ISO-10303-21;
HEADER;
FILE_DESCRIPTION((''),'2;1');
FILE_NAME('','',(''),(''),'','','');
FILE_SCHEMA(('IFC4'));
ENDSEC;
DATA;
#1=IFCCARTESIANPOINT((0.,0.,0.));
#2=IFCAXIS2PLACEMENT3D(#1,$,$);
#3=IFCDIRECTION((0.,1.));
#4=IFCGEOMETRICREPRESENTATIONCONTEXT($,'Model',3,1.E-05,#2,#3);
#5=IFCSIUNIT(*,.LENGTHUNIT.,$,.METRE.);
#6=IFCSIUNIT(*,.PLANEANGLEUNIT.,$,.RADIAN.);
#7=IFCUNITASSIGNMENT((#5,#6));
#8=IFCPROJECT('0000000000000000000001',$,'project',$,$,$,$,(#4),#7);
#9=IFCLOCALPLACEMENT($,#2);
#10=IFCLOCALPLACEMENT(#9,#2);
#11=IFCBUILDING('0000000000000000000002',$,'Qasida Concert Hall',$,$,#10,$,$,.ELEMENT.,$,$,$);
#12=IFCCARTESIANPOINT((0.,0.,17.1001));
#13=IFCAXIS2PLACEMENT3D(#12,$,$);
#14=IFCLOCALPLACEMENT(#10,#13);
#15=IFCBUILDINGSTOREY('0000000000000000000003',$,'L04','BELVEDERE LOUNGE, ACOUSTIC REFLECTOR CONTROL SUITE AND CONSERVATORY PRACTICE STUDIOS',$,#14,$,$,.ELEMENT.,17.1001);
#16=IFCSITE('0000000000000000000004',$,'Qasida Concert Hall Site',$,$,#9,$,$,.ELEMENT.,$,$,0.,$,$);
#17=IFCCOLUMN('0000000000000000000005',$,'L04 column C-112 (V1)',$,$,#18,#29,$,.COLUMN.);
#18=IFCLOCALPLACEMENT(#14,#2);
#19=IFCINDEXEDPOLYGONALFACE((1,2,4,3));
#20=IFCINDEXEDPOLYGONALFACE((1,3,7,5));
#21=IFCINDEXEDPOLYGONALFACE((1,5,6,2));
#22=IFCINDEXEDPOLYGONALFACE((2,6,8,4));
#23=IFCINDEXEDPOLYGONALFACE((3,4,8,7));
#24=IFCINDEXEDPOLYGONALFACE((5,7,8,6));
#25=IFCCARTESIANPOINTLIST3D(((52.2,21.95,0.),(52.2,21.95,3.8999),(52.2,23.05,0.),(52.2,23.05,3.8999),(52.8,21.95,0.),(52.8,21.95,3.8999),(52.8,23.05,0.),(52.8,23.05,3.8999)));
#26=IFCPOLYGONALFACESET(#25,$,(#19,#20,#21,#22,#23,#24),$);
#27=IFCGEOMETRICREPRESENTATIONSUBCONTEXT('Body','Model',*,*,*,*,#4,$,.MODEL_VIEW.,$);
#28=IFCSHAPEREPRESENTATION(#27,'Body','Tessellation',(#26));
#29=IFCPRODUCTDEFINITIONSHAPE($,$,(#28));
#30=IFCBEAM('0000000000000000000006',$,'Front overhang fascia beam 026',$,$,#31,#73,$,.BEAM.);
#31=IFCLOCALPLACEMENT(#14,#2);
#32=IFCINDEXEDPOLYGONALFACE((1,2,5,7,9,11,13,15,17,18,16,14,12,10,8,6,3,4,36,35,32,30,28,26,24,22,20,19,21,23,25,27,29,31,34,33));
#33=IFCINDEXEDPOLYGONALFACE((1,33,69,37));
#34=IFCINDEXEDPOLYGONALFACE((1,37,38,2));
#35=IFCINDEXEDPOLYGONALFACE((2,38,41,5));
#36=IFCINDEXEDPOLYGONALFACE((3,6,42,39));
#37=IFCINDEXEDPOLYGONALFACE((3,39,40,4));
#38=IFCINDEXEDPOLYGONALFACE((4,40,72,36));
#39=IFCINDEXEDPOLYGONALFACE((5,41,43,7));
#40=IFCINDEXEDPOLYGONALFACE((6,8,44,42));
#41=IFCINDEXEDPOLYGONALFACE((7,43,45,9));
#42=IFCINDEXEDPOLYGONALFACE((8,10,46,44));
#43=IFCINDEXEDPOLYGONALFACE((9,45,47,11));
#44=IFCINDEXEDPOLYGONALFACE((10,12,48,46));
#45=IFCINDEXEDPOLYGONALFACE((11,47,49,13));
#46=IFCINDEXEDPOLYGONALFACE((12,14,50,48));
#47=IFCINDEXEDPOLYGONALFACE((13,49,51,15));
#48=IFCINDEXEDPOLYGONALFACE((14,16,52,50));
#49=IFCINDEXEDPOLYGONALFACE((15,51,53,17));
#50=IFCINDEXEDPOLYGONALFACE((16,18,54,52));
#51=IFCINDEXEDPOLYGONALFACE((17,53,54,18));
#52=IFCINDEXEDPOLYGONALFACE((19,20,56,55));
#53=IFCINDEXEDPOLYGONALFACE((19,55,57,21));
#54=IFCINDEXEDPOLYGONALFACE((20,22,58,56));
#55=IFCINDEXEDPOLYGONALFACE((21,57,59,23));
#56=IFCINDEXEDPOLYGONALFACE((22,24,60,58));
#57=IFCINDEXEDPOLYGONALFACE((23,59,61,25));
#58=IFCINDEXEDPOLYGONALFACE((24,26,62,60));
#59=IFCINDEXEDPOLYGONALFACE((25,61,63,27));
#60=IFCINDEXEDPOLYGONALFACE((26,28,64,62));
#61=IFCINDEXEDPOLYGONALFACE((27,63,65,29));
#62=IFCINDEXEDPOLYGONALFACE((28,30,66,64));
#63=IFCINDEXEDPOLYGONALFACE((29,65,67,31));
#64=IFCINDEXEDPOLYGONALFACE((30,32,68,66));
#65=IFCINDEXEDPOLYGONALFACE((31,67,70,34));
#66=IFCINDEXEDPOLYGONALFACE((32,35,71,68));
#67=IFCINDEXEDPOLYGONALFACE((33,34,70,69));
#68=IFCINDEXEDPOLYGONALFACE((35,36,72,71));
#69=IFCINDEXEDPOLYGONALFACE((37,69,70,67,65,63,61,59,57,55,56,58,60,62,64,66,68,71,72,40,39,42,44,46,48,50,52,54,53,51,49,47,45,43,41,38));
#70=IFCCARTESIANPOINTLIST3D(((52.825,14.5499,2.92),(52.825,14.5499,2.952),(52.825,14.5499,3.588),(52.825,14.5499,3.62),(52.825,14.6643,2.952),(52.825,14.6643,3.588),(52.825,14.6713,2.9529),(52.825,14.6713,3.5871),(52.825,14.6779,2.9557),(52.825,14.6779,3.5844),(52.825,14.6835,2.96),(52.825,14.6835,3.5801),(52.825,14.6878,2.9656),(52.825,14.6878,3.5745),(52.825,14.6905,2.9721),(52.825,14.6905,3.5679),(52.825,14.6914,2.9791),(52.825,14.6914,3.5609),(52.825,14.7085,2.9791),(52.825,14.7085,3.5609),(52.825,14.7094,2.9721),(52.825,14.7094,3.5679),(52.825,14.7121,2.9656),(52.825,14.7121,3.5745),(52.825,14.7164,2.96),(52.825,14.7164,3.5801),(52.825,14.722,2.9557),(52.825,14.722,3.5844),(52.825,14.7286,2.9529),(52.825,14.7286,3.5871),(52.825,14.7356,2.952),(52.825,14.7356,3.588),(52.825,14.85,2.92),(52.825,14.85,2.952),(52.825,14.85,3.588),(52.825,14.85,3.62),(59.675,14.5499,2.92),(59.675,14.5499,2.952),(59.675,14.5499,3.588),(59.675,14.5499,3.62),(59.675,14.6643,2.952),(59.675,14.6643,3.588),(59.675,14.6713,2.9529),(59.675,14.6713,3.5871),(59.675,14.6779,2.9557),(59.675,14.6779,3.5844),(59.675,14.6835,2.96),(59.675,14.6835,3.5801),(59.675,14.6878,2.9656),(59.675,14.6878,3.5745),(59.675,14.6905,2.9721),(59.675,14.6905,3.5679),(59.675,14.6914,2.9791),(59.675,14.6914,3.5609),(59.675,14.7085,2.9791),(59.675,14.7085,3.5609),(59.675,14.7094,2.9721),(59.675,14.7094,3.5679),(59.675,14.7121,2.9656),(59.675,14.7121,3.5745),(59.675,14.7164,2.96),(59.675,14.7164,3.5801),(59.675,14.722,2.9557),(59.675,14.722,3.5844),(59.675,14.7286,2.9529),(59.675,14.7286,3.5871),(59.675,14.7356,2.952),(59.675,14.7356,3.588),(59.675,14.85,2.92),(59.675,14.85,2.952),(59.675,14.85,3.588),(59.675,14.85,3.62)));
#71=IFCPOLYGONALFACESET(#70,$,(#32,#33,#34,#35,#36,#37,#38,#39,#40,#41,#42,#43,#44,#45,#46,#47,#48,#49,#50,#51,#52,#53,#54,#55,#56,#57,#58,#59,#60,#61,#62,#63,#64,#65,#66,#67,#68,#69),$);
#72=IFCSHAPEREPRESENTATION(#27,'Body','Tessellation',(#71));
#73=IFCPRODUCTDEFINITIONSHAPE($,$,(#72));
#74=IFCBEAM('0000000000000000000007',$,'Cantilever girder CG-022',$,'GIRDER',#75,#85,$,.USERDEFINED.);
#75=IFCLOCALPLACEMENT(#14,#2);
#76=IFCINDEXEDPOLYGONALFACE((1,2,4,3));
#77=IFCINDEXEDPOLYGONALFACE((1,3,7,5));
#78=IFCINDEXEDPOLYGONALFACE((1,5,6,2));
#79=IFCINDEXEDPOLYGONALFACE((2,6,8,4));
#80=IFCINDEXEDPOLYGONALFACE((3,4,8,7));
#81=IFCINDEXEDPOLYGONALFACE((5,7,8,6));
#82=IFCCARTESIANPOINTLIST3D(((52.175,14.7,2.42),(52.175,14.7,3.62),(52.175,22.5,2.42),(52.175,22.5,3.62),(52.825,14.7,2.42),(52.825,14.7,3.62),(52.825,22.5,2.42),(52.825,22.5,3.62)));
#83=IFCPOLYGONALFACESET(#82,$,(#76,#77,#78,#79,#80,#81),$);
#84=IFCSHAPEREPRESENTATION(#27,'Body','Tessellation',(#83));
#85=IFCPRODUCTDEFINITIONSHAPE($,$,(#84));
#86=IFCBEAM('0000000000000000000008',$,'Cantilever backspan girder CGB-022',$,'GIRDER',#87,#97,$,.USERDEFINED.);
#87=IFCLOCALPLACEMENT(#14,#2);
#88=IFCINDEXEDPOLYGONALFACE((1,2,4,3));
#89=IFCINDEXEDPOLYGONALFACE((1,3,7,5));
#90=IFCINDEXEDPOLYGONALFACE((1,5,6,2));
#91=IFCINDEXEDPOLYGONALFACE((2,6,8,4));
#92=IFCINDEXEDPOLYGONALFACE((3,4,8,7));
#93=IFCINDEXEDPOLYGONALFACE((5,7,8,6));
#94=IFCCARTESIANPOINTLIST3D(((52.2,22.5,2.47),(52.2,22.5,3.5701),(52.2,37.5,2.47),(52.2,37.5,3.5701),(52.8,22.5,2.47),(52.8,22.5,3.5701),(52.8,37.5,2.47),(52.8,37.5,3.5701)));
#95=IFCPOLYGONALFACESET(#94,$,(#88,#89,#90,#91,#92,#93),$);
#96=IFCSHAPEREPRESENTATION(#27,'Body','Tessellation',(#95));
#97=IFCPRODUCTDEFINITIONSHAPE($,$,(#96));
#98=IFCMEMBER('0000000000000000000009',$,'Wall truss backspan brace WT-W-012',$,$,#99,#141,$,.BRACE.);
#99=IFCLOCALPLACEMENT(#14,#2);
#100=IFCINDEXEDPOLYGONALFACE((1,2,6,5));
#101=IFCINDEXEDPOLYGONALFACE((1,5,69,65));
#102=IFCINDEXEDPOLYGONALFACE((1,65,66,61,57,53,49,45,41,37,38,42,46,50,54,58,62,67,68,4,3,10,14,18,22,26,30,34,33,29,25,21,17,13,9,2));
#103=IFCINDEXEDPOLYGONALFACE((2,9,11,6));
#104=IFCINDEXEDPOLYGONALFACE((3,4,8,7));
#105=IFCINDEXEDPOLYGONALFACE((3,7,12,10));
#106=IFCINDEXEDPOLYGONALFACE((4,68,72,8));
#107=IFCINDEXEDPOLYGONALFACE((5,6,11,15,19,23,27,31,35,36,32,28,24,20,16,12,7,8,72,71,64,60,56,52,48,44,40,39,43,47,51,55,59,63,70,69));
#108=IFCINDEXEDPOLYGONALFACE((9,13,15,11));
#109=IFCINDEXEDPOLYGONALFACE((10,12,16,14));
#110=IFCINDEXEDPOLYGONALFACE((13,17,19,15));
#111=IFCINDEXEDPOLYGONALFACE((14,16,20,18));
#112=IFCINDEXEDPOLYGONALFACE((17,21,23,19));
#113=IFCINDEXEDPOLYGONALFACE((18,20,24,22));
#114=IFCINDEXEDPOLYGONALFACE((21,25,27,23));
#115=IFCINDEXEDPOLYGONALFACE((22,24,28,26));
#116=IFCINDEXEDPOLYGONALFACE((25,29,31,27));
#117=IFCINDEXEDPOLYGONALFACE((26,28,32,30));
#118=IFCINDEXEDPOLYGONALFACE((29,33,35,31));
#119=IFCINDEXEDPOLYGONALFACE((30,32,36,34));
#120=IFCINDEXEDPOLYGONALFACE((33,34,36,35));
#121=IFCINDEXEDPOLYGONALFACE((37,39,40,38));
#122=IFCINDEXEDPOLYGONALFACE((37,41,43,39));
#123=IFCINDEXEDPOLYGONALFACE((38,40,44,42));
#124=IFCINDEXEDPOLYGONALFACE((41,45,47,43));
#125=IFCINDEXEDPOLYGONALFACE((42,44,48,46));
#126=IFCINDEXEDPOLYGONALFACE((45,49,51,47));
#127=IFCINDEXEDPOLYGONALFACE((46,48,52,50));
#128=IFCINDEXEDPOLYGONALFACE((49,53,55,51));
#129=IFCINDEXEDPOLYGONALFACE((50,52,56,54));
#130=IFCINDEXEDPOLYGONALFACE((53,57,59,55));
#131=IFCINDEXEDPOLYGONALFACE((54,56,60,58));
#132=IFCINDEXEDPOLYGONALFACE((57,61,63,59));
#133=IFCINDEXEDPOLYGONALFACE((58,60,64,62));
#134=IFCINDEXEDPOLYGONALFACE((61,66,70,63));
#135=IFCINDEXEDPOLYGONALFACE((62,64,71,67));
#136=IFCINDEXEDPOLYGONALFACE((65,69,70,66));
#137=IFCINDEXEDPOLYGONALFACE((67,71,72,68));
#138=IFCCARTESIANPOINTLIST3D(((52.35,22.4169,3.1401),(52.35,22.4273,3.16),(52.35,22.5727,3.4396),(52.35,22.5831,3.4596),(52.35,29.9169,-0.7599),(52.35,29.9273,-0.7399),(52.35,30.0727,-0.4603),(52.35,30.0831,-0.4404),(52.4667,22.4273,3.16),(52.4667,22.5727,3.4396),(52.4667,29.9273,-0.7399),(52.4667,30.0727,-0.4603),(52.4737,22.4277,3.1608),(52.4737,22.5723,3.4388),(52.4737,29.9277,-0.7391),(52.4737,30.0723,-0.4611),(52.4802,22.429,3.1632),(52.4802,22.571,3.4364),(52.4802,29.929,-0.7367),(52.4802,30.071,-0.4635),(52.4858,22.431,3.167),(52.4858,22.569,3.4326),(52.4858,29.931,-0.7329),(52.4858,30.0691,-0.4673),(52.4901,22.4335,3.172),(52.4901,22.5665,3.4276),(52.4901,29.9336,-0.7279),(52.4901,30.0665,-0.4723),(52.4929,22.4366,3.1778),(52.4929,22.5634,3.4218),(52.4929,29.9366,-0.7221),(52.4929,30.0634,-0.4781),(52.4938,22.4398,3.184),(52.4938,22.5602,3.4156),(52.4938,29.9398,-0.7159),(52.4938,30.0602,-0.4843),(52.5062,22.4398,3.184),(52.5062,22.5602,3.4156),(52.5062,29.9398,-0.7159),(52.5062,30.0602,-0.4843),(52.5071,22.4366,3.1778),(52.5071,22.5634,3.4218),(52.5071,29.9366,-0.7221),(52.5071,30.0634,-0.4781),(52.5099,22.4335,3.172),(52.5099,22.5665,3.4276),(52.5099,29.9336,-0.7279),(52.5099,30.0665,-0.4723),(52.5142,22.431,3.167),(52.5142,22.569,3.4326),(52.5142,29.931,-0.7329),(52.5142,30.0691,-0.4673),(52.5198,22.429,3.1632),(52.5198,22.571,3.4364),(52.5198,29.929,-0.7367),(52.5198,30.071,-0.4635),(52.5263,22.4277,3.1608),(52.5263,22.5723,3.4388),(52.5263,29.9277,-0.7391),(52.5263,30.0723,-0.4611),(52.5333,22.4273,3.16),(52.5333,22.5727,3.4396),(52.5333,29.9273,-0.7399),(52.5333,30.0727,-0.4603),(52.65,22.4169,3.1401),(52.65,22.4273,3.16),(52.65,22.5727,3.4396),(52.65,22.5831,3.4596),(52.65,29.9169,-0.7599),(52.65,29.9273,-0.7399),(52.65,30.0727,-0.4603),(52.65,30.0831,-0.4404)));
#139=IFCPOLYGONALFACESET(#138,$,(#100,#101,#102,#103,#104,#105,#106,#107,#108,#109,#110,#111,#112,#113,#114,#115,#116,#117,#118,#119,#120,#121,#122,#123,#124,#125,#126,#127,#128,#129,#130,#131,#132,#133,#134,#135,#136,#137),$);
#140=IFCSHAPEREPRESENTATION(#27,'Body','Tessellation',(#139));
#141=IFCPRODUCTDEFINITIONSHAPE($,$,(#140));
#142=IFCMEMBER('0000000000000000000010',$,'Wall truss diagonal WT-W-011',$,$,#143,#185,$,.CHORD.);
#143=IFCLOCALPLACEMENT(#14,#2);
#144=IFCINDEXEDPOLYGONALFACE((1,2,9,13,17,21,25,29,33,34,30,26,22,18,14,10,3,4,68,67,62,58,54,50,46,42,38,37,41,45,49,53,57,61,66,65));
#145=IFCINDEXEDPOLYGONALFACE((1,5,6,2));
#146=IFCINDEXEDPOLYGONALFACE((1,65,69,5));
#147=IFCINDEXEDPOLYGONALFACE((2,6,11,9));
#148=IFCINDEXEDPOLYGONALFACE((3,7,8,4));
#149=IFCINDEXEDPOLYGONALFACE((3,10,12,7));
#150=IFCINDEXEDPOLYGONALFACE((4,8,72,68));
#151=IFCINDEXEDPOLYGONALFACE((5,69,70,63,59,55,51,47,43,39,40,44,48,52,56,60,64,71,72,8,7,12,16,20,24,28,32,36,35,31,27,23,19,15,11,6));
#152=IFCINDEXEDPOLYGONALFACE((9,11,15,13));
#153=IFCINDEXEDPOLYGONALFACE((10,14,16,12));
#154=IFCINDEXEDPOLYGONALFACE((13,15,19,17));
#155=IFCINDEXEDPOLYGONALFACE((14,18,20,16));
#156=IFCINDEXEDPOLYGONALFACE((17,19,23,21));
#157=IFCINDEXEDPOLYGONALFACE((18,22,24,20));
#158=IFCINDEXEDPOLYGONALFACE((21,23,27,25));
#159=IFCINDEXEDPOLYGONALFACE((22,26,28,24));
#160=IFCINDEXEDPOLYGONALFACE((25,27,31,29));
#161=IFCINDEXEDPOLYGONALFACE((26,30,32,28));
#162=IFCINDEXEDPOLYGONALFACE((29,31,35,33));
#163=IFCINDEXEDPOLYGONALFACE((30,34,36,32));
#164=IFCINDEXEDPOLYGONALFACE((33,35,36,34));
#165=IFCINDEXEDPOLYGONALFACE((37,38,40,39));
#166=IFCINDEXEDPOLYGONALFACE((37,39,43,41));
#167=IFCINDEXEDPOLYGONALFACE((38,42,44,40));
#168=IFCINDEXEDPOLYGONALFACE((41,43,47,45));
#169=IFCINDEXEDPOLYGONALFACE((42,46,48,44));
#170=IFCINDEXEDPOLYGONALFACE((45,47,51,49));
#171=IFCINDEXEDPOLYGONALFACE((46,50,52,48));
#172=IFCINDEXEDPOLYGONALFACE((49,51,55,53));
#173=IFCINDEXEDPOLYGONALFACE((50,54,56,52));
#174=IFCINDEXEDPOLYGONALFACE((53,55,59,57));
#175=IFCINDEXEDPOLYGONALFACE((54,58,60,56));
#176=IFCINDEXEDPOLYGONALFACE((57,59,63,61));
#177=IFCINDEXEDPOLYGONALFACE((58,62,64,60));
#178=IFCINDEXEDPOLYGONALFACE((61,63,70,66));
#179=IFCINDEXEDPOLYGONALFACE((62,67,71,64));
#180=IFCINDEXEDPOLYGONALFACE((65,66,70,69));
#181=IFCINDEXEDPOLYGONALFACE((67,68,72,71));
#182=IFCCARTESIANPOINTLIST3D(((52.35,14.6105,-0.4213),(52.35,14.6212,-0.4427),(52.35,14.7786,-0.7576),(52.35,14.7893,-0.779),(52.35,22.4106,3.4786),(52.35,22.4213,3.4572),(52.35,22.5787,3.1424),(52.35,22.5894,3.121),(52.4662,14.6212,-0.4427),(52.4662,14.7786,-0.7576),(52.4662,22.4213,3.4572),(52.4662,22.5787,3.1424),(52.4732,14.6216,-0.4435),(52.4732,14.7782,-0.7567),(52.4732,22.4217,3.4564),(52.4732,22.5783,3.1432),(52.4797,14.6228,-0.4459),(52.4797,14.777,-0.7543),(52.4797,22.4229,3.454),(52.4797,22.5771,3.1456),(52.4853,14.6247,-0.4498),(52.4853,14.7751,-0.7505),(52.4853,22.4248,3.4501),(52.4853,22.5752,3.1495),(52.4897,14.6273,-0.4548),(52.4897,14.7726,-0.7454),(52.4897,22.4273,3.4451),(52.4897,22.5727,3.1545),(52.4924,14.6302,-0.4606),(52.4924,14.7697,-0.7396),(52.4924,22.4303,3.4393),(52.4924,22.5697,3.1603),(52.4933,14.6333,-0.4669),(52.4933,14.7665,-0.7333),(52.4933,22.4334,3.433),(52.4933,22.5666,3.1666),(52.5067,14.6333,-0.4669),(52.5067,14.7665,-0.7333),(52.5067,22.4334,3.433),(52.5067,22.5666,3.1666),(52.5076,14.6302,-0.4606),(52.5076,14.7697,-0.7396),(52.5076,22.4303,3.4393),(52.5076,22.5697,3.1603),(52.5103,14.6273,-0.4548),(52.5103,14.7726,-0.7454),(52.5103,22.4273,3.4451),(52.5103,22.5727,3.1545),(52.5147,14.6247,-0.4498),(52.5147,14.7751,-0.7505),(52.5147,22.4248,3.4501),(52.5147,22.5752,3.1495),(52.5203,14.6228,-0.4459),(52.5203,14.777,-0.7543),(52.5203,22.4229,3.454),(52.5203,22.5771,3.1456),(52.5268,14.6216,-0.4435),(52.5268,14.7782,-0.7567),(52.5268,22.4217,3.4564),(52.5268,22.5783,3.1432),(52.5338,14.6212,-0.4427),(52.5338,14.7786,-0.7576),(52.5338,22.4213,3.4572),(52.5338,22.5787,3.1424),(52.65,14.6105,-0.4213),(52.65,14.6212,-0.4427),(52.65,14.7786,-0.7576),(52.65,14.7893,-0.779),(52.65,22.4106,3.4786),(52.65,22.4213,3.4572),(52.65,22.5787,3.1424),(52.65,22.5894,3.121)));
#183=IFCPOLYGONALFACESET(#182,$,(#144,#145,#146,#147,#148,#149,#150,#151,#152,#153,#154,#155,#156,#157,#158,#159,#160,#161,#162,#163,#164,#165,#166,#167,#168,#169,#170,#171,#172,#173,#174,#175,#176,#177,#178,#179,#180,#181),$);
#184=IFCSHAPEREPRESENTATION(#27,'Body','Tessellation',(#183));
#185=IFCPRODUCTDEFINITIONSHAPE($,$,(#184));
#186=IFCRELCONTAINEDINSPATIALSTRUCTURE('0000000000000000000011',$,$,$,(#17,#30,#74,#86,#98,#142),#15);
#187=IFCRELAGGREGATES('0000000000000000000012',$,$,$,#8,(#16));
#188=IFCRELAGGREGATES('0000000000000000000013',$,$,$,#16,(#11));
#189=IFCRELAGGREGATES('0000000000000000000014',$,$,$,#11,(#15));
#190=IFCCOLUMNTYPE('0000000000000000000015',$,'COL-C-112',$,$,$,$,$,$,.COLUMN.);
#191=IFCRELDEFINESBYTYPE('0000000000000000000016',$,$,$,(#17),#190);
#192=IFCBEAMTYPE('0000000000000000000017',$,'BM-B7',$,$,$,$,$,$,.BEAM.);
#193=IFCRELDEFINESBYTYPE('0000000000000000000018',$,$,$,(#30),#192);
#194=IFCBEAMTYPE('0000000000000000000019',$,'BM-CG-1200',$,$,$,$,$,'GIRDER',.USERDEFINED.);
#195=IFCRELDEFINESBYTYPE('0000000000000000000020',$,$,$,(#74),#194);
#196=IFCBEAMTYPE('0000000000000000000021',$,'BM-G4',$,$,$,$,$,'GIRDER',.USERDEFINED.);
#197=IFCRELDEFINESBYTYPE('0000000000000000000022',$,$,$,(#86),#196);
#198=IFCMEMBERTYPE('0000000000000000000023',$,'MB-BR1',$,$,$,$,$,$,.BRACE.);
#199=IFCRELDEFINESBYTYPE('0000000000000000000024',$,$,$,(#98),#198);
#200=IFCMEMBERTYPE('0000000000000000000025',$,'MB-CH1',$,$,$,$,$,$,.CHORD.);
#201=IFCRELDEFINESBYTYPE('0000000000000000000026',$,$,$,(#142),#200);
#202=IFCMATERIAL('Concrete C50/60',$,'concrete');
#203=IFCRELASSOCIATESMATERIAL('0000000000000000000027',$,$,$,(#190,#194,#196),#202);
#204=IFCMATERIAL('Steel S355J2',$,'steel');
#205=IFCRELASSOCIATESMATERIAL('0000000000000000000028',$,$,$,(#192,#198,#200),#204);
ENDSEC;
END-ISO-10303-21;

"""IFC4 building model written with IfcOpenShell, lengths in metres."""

from ifc_helpers import new_model, si_unit, direction, frame, origin, origin_2d, place, context, subcontext, project, spatial, rectangle, i_section, extrude, material, material_profile, profile_set, type_object, element, save


model = new_model("IFC4")

# Units and contexts
model_context = context("Model", 3, precision=1e-05, world=origin(), true_north=direction((0.0, 1.0)))
body_context = subcontext(model_context, "Body", "Model", "MODEL_VIEW")
ifc_project = project(units=[si_unit("LENGTHUNIT", "METRE"), si_unit("PLANEANGLEUNIT", "RADIAN")], contexts=[model_context])

# Site, building, storey
site_placement = place(None, origin())
site = spatial("IfcSite", under=ifc_project, at=site_placement, Name="Qasida Concert Hall Site", CompositionType="ELEMENT", RefElevation=0.0)
building_placement = place(site_placement, origin())
building = spatial("IfcBuilding", under=site, at=building_placement, Name="Qasida Concert Hall", CompositionType="ELEMENT")
storey_placement = place(building_placement, frame((0.0, 0.0, 17.1001)))
storey = spatial("IfcBuildingStorey", under=building, at=storey_placement, Name="L04", Description="BELVEDERE LOUNGE, ACOUSTIC REFLECTOR CONTROL SUITE AND CONSERVATORY PRACTICE STUDIOS", CompositionType="ELEMENT", Elevation=17.1001)

# Column
ifc_material_1 = material(Name="Concrete C50/60", Category="concrete")
ifc_material_profile_1 = material_profile(ifc_material_1, rectangle(XDim=0.6001, YDim=1.1001, at=origin_2d()), Name="RC 600x1100")
ifc_profile_set_1 = profile_set([ifc_material_profile_1], Name="Concrete C50/60")
column_type = type_object("IfcColumnType", Name="COL-C-112", PredefinedType="COLUMN", material=ifc_profile_set_1)
column_placement = place(storey_placement, frame((52.5, 22.5, 0.0), z_axis=(0.0, 0.0, 1.0), x_axis=(1.0, 0.0, 0.0)))
element("IfcColumn", 1, at=column_placement, inside=storey, type_object=column_type, Name="L04 column C-112 (V1)", PredefinedType="COLUMN", context=body_context, shape_type="SweptSolid", body=[
    extrude(rectangle(XDim=0.6001, YDim=1.1001, at=origin_2d()), origin(), (0.0, 0.0, 1.0), 3.8999),
])

# Beams
ifc_material_2 = material(Name="Steel S355J2", Category="steel")
ifc_material_profile_2 = material_profile(ifc_material_2, i_section(OverallWidth=0.3, OverallDepth=0.7, WebThickness=0.0171, FlangeThickness=0.032, FilletRadius=0.0271, at=origin_2d()), Name="HEB 700")
ifc_profile_set_2 = profile_set([ifc_material_profile_2], Name="Steel S355J2")
beam_type_1 = type_object("IfcBeamType", Name="BM-B7", PredefinedType="BEAM", material=ifc_profile_set_2)
beam_1_placement = place(storey_placement, frame((52.825, 14.7, 3.27), z_axis=(1.0, 0.0, 0.0), x_axis=(0.0, 1.0, 0.0)))
element("IfcBeam", 2, at=beam_1_placement, inside=storey, type_object=beam_type_1, Name="Front overhang fascia beam 026", PredefinedType="BEAM", context=body_context, shape_type="SweptSolid", body=[
    extrude(i_section(OverallWidth=0.3, OverallDepth=0.7, WebThickness=0.0171, FlangeThickness=0.032, FilletRadius=0.0271, at=origin_2d()), origin(), (0.0, 0.0, 1.0), 6.8501),
])
ifc_material_profile_3 = material_profile(ifc_material_1, rectangle(XDim=0.6499, YDim=1.2, at=origin_2d()), Name="RC 650x1200")
ifc_profile_set_3 = profile_set([ifc_material_profile_3], Name="Concrete C50/60")
beam_type_2 = type_object("IfcBeamType", Name="BM-CG-1200", ElementType="GIRDER", PredefinedType="USERDEFINED", material=ifc_profile_set_3)
beam_2_placement = place(storey_placement, frame((52.5, 22.5, 3.02), z_axis=(0.0, -1.0, 0.0), x_axis=(1.0, 0.0, 0.0)))
element("IfcBeam", 3, at=beam_2_placement, inside=storey, type_object=beam_type_2, Name="Cantilever girder CG-022", ObjectType="GIRDER", PredefinedType="USERDEFINED", context=body_context, shape_type="SweptSolid", body=[
    extrude(rectangle(XDim=0.6499, YDim=1.2, at=origin_2d()), origin(), (0.0, 0.0, 1.0), 7.8),
])
ifc_material_profile_4 = material_profile(ifc_material_1, rectangle(XDim=0.6001, YDim=1.1001, at=origin_2d()), Name="RC 600x1100")
ifc_profile_set_4 = profile_set([ifc_material_profile_4], Name="Concrete C50/60")
beam_type_3 = type_object("IfcBeamType", Name="BM-G4", ElementType="GIRDER", PredefinedType="USERDEFINED", material=ifc_profile_set_4)
beam_3_placement = place(storey_placement, frame((52.5, 22.5, 3.02), z_axis=(0.0, 1.0, 0.0), x_axis=(-1.0, 0.0, 0.0)))
element("IfcBeam", 4, at=beam_3_placement, inside=storey, type_object=beam_type_3, Name="Cantilever backspan girder CGB-022", ObjectType="GIRDER", PredefinedType="USERDEFINED", context=body_context, shape_type="SweptSolid", body=[
    extrude(rectangle(XDim=0.6001, YDim=1.1001, at=origin_2d()), origin(), (0.0, 0.0, 1.0), 15.0),
])

# Members
ifc_material_profile_5 = material_profile(ifc_material_2, i_section(OverallWidth=0.3, OverallDepth=0.3601, WebThickness=0.0125, FlangeThickness=0.0225, FilletRadius=0.0271, at=origin_2d()), Name="HEB 360")
ifc_profile_set_5 = profile_set([ifc_material_profile_5], Name="Steel S355J2")
member_type_1 = type_object("IfcMemberType", Name="MB-BR1", PredefinedType="BRACE", material=ifc_profile_set_5)
member_1_placement = place(storey_placement, frame((52.5, 22.5, 3.2998), z_axis=(0.0, 0.887222, -0.461344), x_axis=(-1.0, 0.0, 0.0)))
element("IfcMember", 5, at=member_1_placement, inside=storey, type_object=member_type_1, Name="Wall truss backspan brace WT-W-012", PredefinedType="BRACE", context=body_context, shape_type="SweptSolid", body=[
    extrude(i_section(OverallWidth=0.3, OverallDepth=0.3601, WebThickness=0.0125, FlangeThickness=0.0225, FilletRadius=0.0271, at=origin_2d()), origin(), (0.0, 0.0, 1.0), 8.4534),
])
ifc_material_profile_6 = material_profile(ifc_material_2, i_section(OverallWidth=0.3, OverallDepth=0.3999, WebThickness=0.0134, FlangeThickness=0.0239, FilletRadius=0.0271, at=origin_2d()), Name="HEB 400")
ifc_profile_set_6 = profile_set([ifc_material_profile_6], Name="Steel S355J2")
member_type_2 = type_object("IfcMemberType", Name="MB-CH1", PredefinedType="CHORD", material=ifc_profile_set_6)
member_2_placement = place(storey_placement, frame((52.5, 22.5, 3.2998), z_axis=(0.0, -0.894433, -0.447202), x_axis=(1.0, 0.0, 0.0)))
element("IfcMember", 6, at=member_2_placement, inside=storey, type_object=member_type_2, Name="Wall truss diagonal WT-W-011", PredefinedType="CHORD", context=body_context, shape_type="SweptSolid", body=[
    extrude(i_section(OverallWidth=0.3, OverallDepth=0.3999, WebThickness=0.0134, FlangeThickness=0.0239, FilletRadius=0.0271, at=origin_2d()), origin(), (0.0, 0.0, 1.0), 8.7207),
])

save(model, "model.ifc")
